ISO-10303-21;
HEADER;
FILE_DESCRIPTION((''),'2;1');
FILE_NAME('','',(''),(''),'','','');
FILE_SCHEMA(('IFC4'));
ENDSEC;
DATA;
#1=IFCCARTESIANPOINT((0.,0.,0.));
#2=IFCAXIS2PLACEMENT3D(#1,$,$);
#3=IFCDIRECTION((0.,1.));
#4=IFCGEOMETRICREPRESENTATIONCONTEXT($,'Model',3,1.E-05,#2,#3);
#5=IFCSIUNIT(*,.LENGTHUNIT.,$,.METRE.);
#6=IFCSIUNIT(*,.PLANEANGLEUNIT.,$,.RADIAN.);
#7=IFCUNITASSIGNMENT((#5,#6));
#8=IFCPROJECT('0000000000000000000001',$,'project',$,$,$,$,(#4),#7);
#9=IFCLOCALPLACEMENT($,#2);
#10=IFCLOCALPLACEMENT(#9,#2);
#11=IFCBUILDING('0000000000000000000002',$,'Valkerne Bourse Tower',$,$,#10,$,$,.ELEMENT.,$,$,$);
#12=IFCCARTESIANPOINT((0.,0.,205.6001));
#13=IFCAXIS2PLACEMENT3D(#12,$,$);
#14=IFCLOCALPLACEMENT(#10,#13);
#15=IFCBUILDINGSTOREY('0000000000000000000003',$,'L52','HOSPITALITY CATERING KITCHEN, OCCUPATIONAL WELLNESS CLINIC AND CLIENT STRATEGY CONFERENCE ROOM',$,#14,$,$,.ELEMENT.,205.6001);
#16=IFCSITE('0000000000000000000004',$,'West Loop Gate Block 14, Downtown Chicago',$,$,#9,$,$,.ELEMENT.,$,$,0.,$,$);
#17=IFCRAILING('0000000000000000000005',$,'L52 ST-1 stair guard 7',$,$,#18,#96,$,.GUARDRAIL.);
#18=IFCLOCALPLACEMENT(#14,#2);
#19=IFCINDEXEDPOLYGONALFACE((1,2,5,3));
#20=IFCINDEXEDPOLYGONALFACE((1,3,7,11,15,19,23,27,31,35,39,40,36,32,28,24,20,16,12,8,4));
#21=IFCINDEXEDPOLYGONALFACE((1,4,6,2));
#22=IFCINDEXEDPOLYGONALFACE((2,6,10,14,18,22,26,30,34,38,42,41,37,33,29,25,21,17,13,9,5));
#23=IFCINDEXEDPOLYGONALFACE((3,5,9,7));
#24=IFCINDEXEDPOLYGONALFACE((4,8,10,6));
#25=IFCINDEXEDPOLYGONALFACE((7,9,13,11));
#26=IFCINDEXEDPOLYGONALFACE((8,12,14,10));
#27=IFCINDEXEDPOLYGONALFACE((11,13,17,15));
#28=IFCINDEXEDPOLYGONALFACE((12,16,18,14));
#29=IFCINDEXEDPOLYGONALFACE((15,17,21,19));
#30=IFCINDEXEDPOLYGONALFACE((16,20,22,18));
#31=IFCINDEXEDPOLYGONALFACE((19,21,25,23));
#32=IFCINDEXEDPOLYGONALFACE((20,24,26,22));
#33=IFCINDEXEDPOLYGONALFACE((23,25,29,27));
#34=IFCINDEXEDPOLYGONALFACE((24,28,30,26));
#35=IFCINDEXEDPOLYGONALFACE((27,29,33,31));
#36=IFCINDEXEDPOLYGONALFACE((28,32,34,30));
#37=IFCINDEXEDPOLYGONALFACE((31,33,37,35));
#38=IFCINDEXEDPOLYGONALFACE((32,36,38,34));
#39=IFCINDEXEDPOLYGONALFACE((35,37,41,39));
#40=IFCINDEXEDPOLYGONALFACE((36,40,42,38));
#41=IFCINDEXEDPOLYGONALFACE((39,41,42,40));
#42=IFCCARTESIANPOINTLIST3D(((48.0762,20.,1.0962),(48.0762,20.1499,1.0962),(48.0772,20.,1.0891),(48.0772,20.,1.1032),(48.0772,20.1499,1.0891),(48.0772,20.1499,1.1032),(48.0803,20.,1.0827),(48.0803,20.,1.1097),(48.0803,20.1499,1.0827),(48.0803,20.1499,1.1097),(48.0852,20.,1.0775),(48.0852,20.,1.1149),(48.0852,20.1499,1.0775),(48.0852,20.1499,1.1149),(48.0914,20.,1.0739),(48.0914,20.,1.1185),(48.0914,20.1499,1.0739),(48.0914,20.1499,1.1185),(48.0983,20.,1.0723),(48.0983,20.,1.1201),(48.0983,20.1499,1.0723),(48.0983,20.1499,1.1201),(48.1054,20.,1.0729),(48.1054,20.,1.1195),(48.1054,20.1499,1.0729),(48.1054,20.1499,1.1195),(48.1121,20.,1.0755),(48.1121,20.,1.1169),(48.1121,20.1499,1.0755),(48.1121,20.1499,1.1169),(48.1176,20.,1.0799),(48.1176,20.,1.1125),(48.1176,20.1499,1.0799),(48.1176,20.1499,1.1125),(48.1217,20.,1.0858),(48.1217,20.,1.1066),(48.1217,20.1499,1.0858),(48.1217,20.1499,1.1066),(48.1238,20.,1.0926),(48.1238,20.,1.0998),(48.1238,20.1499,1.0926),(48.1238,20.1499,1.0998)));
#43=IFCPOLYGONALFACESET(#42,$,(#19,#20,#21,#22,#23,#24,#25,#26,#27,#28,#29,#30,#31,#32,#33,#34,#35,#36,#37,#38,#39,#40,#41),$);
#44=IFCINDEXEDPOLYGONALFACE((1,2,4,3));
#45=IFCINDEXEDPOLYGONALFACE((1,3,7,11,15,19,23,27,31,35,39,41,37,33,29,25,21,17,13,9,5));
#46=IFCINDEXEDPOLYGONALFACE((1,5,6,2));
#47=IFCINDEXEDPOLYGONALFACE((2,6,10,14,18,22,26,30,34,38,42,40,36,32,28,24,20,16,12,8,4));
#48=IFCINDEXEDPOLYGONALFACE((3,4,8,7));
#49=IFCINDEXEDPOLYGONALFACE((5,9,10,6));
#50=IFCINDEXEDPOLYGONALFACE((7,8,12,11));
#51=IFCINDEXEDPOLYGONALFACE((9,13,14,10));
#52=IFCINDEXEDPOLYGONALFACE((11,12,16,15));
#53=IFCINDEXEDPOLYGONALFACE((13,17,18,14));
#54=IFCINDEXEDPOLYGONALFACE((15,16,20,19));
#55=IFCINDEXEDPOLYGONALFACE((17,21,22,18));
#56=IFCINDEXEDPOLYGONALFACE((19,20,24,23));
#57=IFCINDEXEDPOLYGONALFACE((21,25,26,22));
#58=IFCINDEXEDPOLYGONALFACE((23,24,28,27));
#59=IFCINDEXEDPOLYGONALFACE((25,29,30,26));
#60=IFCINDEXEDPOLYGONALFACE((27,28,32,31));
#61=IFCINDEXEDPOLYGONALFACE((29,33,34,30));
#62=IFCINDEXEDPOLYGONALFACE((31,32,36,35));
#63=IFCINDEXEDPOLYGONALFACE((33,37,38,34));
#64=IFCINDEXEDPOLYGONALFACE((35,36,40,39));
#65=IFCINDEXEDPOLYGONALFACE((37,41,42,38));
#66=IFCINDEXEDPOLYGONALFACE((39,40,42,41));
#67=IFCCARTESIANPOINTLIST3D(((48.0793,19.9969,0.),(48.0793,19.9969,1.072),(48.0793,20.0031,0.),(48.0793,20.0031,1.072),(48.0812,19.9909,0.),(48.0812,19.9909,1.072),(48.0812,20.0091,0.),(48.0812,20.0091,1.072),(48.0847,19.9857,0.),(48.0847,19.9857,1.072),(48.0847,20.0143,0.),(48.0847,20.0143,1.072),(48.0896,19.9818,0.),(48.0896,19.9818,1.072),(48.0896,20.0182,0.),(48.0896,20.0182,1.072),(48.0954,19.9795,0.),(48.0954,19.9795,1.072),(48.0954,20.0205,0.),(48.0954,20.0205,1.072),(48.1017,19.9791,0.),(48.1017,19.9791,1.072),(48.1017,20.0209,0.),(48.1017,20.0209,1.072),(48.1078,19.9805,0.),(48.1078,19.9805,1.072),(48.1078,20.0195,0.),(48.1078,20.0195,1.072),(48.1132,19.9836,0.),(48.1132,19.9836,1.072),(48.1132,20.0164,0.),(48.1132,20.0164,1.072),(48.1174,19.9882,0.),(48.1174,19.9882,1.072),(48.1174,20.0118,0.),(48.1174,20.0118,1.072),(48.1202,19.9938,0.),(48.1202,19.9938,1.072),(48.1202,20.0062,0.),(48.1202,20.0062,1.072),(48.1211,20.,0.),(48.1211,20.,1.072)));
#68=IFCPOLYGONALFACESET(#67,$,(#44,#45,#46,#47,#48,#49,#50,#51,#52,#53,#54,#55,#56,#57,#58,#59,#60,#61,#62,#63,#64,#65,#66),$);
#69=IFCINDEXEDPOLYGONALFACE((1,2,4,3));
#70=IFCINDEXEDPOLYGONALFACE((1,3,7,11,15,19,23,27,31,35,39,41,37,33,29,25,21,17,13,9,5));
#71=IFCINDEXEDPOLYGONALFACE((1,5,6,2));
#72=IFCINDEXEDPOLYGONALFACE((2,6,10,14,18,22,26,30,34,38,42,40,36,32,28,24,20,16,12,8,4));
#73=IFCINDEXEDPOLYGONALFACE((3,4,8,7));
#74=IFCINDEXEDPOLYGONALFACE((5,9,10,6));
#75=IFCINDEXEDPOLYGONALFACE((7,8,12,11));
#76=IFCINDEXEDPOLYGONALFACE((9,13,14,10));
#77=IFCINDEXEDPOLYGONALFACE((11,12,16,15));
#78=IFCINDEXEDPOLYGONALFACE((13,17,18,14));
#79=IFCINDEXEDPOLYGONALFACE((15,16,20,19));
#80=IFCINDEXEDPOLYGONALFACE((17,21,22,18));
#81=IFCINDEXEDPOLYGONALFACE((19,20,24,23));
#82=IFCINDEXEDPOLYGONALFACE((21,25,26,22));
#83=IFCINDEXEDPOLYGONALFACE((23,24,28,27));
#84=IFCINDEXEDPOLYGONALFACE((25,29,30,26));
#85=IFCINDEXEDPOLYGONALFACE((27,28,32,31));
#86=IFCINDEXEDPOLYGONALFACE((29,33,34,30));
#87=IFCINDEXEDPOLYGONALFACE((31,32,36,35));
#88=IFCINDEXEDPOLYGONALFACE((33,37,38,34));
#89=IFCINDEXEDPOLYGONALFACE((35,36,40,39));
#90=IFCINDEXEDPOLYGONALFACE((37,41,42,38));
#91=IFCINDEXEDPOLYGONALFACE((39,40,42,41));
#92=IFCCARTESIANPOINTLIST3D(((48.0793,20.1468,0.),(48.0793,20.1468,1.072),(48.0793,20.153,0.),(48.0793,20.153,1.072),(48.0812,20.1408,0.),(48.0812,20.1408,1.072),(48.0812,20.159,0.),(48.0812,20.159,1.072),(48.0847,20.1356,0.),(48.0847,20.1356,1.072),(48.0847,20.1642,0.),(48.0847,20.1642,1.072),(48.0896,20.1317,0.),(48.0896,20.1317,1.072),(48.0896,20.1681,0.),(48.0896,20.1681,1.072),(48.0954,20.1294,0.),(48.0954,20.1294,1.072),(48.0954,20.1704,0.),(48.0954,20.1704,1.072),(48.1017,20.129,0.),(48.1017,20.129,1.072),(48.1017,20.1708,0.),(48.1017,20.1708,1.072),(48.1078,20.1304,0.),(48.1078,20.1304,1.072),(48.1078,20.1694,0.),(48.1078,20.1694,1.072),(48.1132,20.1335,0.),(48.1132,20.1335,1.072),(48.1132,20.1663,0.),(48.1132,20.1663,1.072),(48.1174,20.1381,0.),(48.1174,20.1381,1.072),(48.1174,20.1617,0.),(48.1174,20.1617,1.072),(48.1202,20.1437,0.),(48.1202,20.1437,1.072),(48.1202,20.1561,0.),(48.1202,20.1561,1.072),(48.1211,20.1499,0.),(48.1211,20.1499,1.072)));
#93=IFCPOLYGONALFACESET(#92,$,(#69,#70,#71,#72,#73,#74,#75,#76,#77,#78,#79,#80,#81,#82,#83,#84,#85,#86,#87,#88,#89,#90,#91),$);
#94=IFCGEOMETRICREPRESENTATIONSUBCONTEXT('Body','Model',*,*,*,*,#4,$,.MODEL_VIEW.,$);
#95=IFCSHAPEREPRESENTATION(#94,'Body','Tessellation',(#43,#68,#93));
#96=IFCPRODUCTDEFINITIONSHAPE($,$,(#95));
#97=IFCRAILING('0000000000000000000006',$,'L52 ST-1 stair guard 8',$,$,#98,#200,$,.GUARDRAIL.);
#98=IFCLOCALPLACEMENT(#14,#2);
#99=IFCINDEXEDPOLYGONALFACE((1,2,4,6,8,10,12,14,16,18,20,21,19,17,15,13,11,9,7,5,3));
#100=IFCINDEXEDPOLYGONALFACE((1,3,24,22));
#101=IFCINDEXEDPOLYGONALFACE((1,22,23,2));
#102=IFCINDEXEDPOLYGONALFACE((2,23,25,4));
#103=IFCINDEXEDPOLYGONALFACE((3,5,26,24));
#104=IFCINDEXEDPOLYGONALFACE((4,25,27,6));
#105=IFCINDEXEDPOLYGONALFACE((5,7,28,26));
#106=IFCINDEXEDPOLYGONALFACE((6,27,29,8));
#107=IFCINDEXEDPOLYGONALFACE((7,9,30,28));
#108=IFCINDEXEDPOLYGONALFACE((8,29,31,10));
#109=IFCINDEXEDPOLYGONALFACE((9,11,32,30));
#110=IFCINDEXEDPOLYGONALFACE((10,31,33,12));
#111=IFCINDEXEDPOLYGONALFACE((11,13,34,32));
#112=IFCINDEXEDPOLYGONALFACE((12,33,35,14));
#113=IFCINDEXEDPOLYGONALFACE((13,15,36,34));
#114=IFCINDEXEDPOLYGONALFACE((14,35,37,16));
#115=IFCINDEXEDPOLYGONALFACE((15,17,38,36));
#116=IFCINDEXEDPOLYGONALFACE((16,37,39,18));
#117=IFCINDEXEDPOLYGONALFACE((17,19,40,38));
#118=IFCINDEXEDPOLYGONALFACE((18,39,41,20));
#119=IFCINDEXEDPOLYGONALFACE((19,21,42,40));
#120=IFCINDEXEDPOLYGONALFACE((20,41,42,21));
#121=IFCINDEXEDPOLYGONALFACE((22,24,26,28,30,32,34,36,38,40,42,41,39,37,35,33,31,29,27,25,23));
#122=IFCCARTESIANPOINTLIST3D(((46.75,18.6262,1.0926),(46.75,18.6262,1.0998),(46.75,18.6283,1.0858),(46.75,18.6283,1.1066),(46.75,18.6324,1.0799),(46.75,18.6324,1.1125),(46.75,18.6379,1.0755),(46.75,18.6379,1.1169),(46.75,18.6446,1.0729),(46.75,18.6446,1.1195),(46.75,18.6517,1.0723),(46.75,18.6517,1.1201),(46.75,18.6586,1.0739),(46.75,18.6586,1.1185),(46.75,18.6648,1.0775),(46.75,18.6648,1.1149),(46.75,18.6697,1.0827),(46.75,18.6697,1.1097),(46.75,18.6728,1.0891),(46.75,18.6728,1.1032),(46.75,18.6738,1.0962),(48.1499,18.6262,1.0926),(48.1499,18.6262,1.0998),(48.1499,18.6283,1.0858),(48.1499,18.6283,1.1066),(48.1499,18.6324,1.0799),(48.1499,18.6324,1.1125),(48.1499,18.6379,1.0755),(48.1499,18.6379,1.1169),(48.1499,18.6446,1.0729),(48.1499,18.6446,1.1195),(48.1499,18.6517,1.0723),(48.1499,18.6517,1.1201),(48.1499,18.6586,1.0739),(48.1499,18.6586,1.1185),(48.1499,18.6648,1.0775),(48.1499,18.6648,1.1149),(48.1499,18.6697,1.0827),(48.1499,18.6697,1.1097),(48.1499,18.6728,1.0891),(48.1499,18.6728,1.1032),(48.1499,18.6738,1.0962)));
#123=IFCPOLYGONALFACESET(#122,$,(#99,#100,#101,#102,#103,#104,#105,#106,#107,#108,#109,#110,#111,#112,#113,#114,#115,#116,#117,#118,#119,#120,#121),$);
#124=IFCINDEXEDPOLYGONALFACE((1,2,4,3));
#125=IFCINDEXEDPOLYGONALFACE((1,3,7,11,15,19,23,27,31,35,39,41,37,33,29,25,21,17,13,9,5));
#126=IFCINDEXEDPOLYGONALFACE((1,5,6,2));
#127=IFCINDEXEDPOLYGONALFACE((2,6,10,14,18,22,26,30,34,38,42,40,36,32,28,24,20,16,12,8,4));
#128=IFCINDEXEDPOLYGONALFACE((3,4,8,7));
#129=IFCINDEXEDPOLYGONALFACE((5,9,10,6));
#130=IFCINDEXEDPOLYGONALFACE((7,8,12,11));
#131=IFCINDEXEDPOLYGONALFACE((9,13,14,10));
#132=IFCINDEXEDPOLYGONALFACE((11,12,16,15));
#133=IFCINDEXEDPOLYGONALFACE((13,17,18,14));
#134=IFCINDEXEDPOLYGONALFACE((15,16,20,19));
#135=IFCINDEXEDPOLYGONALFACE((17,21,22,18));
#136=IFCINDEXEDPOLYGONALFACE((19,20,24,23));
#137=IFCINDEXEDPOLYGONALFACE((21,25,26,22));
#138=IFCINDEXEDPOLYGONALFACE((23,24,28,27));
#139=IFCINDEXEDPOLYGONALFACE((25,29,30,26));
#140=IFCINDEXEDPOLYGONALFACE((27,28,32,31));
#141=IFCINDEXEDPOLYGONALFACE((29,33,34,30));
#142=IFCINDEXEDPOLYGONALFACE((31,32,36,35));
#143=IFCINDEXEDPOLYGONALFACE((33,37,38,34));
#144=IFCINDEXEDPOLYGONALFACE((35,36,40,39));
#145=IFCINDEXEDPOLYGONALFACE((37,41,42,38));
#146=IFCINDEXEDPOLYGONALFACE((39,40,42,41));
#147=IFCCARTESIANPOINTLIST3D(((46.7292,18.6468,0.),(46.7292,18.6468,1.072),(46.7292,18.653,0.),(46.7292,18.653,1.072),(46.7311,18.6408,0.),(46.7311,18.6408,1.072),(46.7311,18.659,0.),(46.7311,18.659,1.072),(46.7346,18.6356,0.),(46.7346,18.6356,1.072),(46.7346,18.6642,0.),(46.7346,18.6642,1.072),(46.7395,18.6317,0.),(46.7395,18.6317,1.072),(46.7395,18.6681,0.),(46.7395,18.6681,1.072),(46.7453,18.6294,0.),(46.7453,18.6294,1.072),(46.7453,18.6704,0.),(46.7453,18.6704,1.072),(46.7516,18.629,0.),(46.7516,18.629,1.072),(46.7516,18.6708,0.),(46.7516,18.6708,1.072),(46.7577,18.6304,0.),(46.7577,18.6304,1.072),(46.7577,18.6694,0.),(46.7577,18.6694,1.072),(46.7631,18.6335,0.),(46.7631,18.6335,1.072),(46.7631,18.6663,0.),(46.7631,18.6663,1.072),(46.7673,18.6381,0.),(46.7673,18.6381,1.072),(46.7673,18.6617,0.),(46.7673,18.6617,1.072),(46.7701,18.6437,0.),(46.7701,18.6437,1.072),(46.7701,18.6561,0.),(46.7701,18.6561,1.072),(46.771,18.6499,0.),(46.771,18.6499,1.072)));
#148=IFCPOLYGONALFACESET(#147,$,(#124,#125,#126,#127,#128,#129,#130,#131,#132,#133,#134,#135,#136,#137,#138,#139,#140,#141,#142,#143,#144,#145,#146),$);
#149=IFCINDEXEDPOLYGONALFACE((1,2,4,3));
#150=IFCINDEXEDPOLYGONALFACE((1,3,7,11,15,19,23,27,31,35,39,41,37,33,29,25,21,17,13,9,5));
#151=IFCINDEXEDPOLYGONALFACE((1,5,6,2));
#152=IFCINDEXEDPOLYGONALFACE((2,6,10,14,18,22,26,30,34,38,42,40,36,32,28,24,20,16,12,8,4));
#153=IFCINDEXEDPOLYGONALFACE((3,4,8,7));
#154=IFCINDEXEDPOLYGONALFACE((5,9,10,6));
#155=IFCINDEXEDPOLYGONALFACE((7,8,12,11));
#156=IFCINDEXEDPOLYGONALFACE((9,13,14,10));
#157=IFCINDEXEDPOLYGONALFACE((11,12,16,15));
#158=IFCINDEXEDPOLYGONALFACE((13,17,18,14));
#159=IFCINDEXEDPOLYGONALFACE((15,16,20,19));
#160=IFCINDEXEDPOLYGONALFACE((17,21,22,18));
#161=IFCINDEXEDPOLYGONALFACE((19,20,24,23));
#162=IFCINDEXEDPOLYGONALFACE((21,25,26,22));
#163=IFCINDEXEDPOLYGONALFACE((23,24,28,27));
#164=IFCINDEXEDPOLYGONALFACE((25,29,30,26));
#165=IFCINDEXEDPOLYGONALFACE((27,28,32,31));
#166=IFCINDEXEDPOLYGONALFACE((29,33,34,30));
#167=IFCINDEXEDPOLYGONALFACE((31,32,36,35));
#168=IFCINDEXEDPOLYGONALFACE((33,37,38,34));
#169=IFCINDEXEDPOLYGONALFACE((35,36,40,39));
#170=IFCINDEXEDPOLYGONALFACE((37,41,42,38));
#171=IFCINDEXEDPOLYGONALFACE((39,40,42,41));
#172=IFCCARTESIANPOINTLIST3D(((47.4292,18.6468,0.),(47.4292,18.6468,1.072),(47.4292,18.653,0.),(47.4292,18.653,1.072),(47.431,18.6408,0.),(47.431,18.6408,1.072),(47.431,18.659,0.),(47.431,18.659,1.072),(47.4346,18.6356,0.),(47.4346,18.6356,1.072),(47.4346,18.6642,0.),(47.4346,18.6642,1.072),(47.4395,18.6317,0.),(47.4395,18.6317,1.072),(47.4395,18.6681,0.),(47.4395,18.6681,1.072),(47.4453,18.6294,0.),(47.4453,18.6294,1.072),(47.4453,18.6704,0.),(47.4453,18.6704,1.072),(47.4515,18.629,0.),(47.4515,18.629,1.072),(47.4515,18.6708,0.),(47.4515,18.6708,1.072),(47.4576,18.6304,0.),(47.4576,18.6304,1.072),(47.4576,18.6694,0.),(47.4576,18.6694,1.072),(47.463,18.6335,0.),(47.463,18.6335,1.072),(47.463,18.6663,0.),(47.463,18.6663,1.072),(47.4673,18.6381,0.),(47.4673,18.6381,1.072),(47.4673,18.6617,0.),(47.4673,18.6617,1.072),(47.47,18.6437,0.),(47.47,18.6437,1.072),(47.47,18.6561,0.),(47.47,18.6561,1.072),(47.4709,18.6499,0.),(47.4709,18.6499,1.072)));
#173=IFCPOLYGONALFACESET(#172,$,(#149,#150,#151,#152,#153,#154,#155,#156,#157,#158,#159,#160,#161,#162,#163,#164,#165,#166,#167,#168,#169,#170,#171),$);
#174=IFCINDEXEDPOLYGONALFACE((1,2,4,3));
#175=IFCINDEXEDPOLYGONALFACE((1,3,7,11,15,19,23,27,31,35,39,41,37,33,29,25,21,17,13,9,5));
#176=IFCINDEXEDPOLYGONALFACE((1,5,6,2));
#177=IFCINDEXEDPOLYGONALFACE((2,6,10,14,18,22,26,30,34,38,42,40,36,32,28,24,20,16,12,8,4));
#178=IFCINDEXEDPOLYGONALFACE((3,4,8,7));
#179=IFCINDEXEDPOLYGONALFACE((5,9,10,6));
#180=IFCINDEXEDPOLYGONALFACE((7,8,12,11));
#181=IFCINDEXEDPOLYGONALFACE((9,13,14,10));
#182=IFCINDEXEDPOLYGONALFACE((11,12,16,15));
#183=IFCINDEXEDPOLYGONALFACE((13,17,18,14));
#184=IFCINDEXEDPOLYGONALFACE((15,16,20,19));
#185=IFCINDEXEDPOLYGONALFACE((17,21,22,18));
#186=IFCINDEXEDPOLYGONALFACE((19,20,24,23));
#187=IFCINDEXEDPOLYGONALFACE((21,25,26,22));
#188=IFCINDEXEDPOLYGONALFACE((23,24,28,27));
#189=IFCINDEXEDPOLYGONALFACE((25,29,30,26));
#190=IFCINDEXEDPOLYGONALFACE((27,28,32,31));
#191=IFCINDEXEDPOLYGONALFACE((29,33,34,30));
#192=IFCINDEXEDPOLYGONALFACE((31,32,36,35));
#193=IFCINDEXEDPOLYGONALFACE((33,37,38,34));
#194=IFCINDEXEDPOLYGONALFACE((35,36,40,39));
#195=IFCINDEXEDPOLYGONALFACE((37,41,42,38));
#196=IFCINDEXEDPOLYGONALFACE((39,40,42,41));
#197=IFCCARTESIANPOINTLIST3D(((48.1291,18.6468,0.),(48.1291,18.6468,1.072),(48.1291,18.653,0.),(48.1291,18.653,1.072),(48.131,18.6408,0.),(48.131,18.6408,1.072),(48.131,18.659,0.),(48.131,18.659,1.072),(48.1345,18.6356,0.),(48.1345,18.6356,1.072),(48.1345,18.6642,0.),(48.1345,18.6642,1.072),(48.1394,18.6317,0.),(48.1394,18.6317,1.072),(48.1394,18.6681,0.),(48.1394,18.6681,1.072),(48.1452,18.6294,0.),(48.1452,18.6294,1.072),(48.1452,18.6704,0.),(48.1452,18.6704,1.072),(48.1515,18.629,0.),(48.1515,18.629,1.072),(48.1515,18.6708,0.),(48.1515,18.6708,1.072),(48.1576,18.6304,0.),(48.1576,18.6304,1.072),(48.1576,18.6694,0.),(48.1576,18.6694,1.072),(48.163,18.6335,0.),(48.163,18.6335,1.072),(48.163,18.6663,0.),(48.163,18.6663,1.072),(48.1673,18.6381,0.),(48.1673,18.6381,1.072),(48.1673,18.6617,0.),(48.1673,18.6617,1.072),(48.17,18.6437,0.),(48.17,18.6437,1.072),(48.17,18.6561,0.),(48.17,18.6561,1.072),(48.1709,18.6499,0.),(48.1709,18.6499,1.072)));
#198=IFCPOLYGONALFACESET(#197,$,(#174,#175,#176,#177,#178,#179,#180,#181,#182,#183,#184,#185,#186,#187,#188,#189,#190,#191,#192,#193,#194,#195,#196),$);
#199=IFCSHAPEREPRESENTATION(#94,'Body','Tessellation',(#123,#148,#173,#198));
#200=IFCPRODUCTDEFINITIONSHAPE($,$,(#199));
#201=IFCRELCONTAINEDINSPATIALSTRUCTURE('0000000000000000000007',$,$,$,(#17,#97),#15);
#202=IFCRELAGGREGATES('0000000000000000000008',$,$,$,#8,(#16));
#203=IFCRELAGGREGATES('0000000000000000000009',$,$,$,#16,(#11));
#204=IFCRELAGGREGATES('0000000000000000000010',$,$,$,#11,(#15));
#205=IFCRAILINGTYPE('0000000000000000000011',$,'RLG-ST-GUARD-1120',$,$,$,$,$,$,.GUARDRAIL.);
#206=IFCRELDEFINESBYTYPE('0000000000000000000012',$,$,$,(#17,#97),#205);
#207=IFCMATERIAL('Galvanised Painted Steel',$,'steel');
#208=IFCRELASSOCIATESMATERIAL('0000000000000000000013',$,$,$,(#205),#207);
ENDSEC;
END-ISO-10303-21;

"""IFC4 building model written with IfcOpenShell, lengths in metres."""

from ifc_helpers import new_model, si_unit, direction, frame, origin, origin_2d, place, context, subcontext, project, spatial, circle, extrude, material, type_object, element, save


model = new_model("IFC4")

# Units and contexts
model_context = context("Model", 3, precision=1e-05, world=origin(), true_north=direction((0.0, 1.0)))
body_context = subcontext(model_context, "Body", "Model", "MODEL_VIEW")
ifc_project = project(units=[si_unit("LENGTHUNIT", "METRE"), si_unit("PLANEANGLEUNIT", "RADIAN")], contexts=[model_context])

# Site, building, storey
site_placement = place(None, origin())
site = spatial("IfcSite", under=ifc_project, at=site_placement, Name="West Loop Gate Block 14, Downtown Chicago", CompositionType="ELEMENT", RefElevation=0.0)
building_placement = place(site_placement, origin())
building = spatial("IfcBuilding", under=site, at=building_placement, Name="Valkerne Bourse Tower", CompositionType="ELEMENT")
storey_placement = place(building_placement, frame((0.0, 0.0, 205.6001)))
storey = spatial("IfcBuildingStorey", under=building, at=storey_placement, Name="L52", Description="HOSPITALITY CATERING KITCHEN, OCCUPATIONAL WELLNESS CLINIC AND CLIENT STRATEGY CONFERENCE ROOM", CompositionType="ELEMENT", Elevation=205.6001)

# Shared definitions
ifc_material_1 = material(Name="Galvanised Painted Steel", Category="steel")

# Railings
railing_type_1 = type_object("IfcRailingType", Name="RLG-ST-GUARD-1120", PredefinedType="GUARDRAIL", material=ifc_material_1)
railing_1_placement = place(storey_placement, frame((48.1001, 20.0, 0.0)))
element("IfcRailing", 1, at=railing_1_placement, inside=storey, type_object=railing_type_1, Name="L52 ST-1 stair guard 7", PredefinedType="GUARDRAIL", context=body_context, shape_type="SweptSolid", body=[
    extrude(circle(Radius=0.0239, at=origin_2d()), frame((0.0, 0.0, 1.0962), z_axis=(0.0, 1.0, 0.0), x_axis=(-1.0, 0.0, 0.0)), (0.0, 0.0, 1.0), 0.1499),
    extrude(circle(Radius=0.021, at=origin_2d()), origin(), (0.0, 0.0, 1.0), 1.072),
    extrude(circle(Radius=0.021, at=origin_2d()), frame((0.0, 0.1499, 0.0)), (0.0, 0.0, 1.0), 1.072),
])
for number, where, name in (
    (2, (46.75, 18.6499, 0.0), "L52 ST-1 stair guard 8"),
):
    element("IfcRailing", number, at=place(storey_placement, frame(where)), inside=storey, type_object=railing_type_1, Name=name, PredefinedType="GUARDRAIL", context=body_context, shape_type="SweptSolid", body=[
        extrude(circle(Radius=0.0239, at=origin_2d()), frame((0.0, 0.0, 1.0962), z_axis=(1.0, 0.0, 0.0), x_axis=(0.0, 1.0, 0.0)), (0.0, 0.0, 1.0), 1.3999),
        extrude(circle(Radius=0.021, at=origin_2d()), origin(), (0.0, 0.0, 1.0), 1.072),
        extrude(circle(Radius=0.021, at=origin_2d()), frame((0.7, 0.0, 0.0)), (0.0, 0.0, 1.0), 1.072),
        extrude(circle(Radius=0.021, at=origin_2d()), frame((1.3999, 0.0, 0.0)), (0.0, 0.0, 1.0), 1.072),
    ])

save(model, "model.ifc")
